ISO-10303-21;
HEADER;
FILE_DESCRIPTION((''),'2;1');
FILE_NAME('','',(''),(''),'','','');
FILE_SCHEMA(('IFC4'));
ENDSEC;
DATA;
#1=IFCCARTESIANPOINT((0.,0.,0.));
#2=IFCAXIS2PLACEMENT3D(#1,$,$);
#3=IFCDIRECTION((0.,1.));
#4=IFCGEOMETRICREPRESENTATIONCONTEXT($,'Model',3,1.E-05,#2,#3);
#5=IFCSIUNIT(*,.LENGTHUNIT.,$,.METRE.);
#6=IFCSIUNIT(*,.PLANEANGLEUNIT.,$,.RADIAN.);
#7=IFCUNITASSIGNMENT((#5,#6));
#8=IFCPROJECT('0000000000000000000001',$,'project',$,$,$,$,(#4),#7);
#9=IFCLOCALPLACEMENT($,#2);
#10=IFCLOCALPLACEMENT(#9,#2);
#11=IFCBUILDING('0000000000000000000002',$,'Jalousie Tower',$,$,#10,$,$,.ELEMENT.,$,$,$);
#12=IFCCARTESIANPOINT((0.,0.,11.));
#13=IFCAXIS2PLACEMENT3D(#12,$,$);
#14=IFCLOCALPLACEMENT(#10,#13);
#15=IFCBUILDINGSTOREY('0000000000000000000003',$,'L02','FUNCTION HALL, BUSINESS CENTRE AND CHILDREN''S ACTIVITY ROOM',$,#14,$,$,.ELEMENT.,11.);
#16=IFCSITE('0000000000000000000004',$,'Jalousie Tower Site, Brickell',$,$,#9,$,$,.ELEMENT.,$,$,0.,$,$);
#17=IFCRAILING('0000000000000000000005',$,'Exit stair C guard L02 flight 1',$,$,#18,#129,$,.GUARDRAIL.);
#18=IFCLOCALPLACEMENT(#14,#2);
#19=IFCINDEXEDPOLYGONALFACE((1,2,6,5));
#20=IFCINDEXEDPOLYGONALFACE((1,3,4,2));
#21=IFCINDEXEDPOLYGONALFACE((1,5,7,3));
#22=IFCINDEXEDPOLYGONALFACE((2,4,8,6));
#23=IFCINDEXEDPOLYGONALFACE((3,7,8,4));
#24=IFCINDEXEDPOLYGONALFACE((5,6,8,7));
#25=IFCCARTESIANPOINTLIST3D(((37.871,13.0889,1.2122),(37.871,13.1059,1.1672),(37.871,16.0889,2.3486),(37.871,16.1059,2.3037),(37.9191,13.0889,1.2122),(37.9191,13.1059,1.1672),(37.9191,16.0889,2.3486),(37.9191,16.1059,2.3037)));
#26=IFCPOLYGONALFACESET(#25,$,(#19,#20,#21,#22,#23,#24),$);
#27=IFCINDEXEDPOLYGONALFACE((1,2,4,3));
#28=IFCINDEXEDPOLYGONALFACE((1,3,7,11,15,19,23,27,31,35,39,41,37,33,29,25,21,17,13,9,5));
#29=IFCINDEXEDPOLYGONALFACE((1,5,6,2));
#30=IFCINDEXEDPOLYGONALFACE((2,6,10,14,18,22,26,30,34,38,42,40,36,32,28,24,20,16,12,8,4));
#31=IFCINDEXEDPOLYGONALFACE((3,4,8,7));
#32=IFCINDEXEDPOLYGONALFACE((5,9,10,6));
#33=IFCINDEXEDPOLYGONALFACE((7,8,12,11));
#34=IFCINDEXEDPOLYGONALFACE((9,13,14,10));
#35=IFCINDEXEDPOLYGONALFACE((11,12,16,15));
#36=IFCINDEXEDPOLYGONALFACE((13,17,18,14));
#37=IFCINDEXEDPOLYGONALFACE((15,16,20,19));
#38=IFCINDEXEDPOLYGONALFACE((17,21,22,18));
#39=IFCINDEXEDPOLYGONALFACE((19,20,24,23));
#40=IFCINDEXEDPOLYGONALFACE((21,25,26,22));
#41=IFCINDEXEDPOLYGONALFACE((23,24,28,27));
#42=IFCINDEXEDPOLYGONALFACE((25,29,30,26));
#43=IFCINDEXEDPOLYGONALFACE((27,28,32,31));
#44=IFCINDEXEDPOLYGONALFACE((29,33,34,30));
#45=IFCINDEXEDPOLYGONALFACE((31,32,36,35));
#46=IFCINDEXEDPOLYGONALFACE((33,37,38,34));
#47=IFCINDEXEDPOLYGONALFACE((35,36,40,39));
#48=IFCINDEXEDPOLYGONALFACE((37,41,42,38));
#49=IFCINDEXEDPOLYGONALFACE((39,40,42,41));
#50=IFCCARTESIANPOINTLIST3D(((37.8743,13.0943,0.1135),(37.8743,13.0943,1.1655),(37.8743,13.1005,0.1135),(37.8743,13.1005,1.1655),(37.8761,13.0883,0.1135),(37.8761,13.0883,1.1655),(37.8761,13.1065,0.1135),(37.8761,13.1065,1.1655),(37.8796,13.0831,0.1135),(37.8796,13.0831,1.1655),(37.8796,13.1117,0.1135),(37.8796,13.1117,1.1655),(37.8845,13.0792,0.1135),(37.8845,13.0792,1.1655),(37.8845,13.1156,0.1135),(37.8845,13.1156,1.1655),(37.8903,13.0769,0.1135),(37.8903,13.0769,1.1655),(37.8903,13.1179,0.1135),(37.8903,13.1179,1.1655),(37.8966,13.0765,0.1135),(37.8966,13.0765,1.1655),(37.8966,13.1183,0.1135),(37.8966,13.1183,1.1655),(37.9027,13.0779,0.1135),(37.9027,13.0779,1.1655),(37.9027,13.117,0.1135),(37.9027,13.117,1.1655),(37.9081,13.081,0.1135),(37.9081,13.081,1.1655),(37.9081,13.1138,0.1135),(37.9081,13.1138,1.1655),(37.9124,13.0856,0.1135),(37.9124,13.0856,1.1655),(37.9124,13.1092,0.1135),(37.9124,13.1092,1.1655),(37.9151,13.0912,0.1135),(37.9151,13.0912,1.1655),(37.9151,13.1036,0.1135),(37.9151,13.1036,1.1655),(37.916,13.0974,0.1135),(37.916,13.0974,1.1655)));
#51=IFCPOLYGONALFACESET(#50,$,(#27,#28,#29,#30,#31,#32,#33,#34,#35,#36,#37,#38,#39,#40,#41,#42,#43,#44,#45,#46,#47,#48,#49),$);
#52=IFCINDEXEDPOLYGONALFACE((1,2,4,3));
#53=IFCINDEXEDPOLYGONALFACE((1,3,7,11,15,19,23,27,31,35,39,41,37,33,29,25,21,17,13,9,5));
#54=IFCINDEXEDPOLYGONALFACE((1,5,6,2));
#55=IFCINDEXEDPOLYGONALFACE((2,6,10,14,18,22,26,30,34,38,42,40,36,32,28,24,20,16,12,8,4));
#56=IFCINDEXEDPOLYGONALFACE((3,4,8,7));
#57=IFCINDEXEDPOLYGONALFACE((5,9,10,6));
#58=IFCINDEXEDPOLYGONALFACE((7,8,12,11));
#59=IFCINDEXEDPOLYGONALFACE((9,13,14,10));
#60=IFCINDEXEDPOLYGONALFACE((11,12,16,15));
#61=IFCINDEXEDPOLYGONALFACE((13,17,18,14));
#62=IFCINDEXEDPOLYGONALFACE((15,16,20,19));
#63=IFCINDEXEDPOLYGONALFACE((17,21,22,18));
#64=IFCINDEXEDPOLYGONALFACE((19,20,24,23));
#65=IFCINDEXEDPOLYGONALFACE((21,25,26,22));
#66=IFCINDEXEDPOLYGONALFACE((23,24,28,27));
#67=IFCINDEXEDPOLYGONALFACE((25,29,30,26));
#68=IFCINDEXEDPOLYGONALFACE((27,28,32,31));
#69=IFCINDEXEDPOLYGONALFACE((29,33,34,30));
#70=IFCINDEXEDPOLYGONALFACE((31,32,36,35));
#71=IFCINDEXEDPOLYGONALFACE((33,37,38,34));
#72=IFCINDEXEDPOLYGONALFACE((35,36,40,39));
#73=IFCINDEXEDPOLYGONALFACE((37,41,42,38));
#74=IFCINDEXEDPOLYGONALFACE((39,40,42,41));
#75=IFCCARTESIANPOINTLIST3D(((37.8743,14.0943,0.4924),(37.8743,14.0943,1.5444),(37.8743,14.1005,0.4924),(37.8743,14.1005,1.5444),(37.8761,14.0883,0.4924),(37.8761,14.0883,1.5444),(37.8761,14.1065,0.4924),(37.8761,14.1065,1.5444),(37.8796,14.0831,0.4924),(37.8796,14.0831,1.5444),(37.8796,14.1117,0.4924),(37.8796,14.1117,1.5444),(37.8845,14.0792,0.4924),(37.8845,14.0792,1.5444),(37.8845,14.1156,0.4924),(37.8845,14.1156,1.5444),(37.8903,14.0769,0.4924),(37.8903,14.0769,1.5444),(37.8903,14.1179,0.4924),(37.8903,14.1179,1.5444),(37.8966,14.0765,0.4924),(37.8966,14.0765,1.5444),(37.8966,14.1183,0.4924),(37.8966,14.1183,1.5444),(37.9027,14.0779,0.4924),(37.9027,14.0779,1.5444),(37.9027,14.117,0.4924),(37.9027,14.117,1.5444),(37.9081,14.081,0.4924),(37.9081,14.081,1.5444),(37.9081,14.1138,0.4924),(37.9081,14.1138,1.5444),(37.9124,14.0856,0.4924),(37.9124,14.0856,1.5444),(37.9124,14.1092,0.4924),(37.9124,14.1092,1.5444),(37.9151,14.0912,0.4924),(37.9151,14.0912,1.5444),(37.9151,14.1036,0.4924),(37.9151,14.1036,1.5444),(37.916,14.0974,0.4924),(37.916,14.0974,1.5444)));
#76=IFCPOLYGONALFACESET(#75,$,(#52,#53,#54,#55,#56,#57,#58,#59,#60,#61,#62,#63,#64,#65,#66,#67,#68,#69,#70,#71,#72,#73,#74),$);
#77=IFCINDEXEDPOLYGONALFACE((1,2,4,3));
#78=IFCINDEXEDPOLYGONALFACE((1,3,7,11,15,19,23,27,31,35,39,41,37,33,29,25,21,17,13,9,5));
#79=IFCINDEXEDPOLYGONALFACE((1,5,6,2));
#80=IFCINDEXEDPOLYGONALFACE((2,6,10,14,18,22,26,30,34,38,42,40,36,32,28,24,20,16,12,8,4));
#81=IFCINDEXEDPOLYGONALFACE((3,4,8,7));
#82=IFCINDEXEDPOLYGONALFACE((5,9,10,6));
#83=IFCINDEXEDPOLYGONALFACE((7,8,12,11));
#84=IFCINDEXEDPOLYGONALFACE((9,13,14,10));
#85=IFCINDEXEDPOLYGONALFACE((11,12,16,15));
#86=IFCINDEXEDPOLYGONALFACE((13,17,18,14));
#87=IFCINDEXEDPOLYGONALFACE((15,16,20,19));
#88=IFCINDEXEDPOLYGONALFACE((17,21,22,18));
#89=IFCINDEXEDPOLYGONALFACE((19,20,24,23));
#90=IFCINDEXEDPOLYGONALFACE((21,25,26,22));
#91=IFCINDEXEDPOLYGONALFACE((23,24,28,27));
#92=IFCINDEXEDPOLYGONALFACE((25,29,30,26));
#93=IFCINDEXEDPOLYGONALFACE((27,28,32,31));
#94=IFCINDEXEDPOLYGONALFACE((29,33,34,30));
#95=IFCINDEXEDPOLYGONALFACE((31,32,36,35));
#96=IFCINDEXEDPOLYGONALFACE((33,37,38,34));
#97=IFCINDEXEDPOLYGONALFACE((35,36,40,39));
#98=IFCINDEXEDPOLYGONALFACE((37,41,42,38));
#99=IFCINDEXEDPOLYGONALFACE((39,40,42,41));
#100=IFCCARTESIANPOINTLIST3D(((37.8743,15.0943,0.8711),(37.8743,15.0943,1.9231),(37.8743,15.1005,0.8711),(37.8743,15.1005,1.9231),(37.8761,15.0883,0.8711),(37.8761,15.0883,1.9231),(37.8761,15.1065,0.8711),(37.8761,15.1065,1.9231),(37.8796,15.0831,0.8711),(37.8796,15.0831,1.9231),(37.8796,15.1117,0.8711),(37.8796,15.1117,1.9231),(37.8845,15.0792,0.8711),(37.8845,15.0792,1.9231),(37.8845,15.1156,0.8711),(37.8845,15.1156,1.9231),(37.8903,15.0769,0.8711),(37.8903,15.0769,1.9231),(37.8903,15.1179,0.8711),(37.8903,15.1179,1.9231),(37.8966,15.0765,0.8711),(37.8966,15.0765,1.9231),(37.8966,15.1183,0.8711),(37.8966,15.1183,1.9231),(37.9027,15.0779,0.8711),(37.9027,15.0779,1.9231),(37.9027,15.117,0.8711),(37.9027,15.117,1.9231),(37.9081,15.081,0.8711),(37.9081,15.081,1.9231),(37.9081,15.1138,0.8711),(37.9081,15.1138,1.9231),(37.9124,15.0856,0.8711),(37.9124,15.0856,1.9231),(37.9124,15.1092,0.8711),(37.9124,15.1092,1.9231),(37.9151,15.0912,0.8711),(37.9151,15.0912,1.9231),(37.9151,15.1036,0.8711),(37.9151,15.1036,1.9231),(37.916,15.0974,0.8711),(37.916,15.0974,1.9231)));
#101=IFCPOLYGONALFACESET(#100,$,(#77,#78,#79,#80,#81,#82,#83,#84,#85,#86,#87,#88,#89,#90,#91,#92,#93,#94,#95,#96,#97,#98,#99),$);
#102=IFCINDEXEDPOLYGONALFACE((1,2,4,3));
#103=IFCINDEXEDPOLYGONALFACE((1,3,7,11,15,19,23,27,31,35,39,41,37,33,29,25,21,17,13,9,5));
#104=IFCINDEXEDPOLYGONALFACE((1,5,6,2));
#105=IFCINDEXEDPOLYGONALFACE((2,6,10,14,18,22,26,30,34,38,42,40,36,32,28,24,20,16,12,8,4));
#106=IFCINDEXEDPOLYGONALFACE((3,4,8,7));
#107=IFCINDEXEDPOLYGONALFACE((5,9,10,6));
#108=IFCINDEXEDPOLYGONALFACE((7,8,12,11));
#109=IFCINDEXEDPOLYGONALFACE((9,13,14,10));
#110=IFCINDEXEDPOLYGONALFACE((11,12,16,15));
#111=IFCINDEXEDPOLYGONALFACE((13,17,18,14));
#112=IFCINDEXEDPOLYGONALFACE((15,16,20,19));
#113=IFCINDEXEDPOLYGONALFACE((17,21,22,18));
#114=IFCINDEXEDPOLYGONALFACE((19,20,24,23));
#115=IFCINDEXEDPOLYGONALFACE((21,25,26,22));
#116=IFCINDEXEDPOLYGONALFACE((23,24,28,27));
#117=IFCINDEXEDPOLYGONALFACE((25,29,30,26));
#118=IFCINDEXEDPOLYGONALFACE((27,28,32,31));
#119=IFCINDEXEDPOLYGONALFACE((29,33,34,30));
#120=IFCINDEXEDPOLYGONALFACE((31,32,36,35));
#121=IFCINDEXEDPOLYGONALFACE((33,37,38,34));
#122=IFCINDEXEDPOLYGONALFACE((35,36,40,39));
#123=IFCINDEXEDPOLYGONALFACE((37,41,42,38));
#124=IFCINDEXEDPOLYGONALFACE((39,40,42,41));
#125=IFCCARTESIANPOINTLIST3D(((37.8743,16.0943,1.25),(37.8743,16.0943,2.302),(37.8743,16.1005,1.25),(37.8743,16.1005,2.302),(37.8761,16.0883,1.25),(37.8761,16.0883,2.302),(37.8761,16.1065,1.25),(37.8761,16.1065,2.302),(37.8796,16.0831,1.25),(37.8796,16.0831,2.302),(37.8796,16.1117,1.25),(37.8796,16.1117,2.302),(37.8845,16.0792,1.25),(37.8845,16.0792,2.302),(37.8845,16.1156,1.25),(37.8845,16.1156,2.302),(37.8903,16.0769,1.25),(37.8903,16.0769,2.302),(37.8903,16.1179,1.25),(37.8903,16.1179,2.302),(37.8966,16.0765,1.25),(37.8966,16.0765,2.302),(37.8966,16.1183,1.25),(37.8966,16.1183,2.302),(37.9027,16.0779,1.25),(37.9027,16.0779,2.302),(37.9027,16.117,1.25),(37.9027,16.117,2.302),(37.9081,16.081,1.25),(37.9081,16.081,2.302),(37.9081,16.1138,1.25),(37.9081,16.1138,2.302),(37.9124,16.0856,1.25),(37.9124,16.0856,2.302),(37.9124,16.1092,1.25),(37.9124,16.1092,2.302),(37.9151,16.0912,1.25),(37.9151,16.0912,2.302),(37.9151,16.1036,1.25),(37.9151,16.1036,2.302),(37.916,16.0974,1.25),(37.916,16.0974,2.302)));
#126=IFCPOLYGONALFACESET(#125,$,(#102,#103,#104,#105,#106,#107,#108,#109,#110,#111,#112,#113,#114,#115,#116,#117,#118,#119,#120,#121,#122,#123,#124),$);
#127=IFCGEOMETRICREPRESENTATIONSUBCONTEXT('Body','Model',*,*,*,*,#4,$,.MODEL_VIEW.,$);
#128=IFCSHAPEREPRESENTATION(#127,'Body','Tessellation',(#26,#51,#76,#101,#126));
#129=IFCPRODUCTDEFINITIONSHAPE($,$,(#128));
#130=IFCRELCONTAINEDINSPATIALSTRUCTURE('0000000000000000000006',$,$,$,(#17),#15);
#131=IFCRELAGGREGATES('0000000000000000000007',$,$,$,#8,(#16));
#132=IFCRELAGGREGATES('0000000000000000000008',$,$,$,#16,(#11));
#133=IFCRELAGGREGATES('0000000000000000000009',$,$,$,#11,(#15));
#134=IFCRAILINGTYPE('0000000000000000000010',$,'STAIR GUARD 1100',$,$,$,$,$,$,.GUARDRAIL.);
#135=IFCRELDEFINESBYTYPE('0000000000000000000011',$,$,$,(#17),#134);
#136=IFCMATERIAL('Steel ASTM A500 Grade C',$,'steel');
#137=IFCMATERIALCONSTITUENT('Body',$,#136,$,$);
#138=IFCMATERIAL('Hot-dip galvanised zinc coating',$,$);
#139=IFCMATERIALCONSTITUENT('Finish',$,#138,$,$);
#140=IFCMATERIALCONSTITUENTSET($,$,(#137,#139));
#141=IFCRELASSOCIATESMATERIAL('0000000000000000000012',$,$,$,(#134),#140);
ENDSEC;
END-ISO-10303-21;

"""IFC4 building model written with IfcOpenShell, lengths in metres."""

from ifc_helpers import new_model, si_unit, direction, frame, origin, origin_2d, place, context, subcontext, project, spatial, rectangle, circle, extrude, material, constituent, constituent_set, type_object, element, save


model = new_model("IFC4")

# Units and contexts
model_context = context("Model", 3, precision=1e-05, world=origin(), true_north=direction((0.0, 1.0)))
body_context = subcontext(model_context, "Body", "Model", "MODEL_VIEW")
ifc_project = project(units=[si_unit("LENGTHUNIT", "METRE"), si_unit("PLANEANGLEUNIT", "RADIAN")], contexts=[model_context])

# Site, building, storey
site_placement = place(None, origin())
site = spatial("IfcSite", under=ifc_project, at=site_placement, Name="Jalousie Tower Site, Brickell", CompositionType="ELEMENT", RefElevation=0.0)
building_placement = place(site_placement, origin())
building = spatial("IfcBuilding", under=site, at=building_placement, Name="Jalousie Tower", CompositionType="ELEMENT")
storey_placement = place(building_placement, frame((0.0, 0.0, 11.0)))
storey = spatial("IfcBuildingStorey", under=building, at=storey_placement, Name="L02", Description="FUNCTION HALL, BUSINESS CENTRE AND CHILDREN'S ACTIVITY ROOM", CompositionType="ELEMENT", Elevation=11.0)

# Railing
ifc_material_1 = material(Name="Steel ASTM A500 Grade C", Category="steel")
ifc_constituent_1 = constituent(ifc_material_1, Name="Body")
ifc_material_2 = material(Name="Hot-dip galvanised zinc coating")
ifc_constituent_2 = constituent(ifc_material_2, Name="Finish")
ifc_constituent_set_1 = constituent_set(constituents=[ifc_constituent_1, ifc_constituent_2])
railing_type_1 = type_object("IfcRailingType", Name="STAIR GUARD 1100", PredefinedType="GUARDRAIL", material=ifc_constituent_set_1)
railing_1_placement = place(storey_placement, frame((37.895, 13.0974, 0.1135)))
element("IfcRailing", 1, at=railing_1_placement, inside=storey, type_object=railing_type_1, Name="Exit stair C guard L02 flight 1", PredefinedType="GUARDRAIL", context=body_context, shape_type="SweptSolid", body=[
    extrude(rectangle(XDim=0.0481, YDim=0.0481, at=origin_2d()), frame((0.0, 0.0, 1.0762), z_axis=(0.0, 0.935148, 0.354257), x_axis=(-1.0, 0.0, 0.0)), (0.0, 0.0, 1.0), 3.208),
    extrude(circle(Radius=0.021, at=origin_2d()), origin(), (0.0, 0.0, 1.0), 1.052),
    extrude(circle(Radius=0.021, at=origin_2d()), frame((0.0, 1.0, 0.3789)), (0.0, 0.0, 1.0), 1.052),
    extrude(circle(Radius=0.021, at=origin_2d()), frame((0.0, 2.0, 0.7576)), (0.0, 0.0, 1.0), 1.052),
    extrude(circle(Radius=0.021, at=origin_2d()), frame((0.0, 3.0, 1.1365)), (0.0, 0.0, 1.0), 1.052),
])

save(model, "model.ifc")
